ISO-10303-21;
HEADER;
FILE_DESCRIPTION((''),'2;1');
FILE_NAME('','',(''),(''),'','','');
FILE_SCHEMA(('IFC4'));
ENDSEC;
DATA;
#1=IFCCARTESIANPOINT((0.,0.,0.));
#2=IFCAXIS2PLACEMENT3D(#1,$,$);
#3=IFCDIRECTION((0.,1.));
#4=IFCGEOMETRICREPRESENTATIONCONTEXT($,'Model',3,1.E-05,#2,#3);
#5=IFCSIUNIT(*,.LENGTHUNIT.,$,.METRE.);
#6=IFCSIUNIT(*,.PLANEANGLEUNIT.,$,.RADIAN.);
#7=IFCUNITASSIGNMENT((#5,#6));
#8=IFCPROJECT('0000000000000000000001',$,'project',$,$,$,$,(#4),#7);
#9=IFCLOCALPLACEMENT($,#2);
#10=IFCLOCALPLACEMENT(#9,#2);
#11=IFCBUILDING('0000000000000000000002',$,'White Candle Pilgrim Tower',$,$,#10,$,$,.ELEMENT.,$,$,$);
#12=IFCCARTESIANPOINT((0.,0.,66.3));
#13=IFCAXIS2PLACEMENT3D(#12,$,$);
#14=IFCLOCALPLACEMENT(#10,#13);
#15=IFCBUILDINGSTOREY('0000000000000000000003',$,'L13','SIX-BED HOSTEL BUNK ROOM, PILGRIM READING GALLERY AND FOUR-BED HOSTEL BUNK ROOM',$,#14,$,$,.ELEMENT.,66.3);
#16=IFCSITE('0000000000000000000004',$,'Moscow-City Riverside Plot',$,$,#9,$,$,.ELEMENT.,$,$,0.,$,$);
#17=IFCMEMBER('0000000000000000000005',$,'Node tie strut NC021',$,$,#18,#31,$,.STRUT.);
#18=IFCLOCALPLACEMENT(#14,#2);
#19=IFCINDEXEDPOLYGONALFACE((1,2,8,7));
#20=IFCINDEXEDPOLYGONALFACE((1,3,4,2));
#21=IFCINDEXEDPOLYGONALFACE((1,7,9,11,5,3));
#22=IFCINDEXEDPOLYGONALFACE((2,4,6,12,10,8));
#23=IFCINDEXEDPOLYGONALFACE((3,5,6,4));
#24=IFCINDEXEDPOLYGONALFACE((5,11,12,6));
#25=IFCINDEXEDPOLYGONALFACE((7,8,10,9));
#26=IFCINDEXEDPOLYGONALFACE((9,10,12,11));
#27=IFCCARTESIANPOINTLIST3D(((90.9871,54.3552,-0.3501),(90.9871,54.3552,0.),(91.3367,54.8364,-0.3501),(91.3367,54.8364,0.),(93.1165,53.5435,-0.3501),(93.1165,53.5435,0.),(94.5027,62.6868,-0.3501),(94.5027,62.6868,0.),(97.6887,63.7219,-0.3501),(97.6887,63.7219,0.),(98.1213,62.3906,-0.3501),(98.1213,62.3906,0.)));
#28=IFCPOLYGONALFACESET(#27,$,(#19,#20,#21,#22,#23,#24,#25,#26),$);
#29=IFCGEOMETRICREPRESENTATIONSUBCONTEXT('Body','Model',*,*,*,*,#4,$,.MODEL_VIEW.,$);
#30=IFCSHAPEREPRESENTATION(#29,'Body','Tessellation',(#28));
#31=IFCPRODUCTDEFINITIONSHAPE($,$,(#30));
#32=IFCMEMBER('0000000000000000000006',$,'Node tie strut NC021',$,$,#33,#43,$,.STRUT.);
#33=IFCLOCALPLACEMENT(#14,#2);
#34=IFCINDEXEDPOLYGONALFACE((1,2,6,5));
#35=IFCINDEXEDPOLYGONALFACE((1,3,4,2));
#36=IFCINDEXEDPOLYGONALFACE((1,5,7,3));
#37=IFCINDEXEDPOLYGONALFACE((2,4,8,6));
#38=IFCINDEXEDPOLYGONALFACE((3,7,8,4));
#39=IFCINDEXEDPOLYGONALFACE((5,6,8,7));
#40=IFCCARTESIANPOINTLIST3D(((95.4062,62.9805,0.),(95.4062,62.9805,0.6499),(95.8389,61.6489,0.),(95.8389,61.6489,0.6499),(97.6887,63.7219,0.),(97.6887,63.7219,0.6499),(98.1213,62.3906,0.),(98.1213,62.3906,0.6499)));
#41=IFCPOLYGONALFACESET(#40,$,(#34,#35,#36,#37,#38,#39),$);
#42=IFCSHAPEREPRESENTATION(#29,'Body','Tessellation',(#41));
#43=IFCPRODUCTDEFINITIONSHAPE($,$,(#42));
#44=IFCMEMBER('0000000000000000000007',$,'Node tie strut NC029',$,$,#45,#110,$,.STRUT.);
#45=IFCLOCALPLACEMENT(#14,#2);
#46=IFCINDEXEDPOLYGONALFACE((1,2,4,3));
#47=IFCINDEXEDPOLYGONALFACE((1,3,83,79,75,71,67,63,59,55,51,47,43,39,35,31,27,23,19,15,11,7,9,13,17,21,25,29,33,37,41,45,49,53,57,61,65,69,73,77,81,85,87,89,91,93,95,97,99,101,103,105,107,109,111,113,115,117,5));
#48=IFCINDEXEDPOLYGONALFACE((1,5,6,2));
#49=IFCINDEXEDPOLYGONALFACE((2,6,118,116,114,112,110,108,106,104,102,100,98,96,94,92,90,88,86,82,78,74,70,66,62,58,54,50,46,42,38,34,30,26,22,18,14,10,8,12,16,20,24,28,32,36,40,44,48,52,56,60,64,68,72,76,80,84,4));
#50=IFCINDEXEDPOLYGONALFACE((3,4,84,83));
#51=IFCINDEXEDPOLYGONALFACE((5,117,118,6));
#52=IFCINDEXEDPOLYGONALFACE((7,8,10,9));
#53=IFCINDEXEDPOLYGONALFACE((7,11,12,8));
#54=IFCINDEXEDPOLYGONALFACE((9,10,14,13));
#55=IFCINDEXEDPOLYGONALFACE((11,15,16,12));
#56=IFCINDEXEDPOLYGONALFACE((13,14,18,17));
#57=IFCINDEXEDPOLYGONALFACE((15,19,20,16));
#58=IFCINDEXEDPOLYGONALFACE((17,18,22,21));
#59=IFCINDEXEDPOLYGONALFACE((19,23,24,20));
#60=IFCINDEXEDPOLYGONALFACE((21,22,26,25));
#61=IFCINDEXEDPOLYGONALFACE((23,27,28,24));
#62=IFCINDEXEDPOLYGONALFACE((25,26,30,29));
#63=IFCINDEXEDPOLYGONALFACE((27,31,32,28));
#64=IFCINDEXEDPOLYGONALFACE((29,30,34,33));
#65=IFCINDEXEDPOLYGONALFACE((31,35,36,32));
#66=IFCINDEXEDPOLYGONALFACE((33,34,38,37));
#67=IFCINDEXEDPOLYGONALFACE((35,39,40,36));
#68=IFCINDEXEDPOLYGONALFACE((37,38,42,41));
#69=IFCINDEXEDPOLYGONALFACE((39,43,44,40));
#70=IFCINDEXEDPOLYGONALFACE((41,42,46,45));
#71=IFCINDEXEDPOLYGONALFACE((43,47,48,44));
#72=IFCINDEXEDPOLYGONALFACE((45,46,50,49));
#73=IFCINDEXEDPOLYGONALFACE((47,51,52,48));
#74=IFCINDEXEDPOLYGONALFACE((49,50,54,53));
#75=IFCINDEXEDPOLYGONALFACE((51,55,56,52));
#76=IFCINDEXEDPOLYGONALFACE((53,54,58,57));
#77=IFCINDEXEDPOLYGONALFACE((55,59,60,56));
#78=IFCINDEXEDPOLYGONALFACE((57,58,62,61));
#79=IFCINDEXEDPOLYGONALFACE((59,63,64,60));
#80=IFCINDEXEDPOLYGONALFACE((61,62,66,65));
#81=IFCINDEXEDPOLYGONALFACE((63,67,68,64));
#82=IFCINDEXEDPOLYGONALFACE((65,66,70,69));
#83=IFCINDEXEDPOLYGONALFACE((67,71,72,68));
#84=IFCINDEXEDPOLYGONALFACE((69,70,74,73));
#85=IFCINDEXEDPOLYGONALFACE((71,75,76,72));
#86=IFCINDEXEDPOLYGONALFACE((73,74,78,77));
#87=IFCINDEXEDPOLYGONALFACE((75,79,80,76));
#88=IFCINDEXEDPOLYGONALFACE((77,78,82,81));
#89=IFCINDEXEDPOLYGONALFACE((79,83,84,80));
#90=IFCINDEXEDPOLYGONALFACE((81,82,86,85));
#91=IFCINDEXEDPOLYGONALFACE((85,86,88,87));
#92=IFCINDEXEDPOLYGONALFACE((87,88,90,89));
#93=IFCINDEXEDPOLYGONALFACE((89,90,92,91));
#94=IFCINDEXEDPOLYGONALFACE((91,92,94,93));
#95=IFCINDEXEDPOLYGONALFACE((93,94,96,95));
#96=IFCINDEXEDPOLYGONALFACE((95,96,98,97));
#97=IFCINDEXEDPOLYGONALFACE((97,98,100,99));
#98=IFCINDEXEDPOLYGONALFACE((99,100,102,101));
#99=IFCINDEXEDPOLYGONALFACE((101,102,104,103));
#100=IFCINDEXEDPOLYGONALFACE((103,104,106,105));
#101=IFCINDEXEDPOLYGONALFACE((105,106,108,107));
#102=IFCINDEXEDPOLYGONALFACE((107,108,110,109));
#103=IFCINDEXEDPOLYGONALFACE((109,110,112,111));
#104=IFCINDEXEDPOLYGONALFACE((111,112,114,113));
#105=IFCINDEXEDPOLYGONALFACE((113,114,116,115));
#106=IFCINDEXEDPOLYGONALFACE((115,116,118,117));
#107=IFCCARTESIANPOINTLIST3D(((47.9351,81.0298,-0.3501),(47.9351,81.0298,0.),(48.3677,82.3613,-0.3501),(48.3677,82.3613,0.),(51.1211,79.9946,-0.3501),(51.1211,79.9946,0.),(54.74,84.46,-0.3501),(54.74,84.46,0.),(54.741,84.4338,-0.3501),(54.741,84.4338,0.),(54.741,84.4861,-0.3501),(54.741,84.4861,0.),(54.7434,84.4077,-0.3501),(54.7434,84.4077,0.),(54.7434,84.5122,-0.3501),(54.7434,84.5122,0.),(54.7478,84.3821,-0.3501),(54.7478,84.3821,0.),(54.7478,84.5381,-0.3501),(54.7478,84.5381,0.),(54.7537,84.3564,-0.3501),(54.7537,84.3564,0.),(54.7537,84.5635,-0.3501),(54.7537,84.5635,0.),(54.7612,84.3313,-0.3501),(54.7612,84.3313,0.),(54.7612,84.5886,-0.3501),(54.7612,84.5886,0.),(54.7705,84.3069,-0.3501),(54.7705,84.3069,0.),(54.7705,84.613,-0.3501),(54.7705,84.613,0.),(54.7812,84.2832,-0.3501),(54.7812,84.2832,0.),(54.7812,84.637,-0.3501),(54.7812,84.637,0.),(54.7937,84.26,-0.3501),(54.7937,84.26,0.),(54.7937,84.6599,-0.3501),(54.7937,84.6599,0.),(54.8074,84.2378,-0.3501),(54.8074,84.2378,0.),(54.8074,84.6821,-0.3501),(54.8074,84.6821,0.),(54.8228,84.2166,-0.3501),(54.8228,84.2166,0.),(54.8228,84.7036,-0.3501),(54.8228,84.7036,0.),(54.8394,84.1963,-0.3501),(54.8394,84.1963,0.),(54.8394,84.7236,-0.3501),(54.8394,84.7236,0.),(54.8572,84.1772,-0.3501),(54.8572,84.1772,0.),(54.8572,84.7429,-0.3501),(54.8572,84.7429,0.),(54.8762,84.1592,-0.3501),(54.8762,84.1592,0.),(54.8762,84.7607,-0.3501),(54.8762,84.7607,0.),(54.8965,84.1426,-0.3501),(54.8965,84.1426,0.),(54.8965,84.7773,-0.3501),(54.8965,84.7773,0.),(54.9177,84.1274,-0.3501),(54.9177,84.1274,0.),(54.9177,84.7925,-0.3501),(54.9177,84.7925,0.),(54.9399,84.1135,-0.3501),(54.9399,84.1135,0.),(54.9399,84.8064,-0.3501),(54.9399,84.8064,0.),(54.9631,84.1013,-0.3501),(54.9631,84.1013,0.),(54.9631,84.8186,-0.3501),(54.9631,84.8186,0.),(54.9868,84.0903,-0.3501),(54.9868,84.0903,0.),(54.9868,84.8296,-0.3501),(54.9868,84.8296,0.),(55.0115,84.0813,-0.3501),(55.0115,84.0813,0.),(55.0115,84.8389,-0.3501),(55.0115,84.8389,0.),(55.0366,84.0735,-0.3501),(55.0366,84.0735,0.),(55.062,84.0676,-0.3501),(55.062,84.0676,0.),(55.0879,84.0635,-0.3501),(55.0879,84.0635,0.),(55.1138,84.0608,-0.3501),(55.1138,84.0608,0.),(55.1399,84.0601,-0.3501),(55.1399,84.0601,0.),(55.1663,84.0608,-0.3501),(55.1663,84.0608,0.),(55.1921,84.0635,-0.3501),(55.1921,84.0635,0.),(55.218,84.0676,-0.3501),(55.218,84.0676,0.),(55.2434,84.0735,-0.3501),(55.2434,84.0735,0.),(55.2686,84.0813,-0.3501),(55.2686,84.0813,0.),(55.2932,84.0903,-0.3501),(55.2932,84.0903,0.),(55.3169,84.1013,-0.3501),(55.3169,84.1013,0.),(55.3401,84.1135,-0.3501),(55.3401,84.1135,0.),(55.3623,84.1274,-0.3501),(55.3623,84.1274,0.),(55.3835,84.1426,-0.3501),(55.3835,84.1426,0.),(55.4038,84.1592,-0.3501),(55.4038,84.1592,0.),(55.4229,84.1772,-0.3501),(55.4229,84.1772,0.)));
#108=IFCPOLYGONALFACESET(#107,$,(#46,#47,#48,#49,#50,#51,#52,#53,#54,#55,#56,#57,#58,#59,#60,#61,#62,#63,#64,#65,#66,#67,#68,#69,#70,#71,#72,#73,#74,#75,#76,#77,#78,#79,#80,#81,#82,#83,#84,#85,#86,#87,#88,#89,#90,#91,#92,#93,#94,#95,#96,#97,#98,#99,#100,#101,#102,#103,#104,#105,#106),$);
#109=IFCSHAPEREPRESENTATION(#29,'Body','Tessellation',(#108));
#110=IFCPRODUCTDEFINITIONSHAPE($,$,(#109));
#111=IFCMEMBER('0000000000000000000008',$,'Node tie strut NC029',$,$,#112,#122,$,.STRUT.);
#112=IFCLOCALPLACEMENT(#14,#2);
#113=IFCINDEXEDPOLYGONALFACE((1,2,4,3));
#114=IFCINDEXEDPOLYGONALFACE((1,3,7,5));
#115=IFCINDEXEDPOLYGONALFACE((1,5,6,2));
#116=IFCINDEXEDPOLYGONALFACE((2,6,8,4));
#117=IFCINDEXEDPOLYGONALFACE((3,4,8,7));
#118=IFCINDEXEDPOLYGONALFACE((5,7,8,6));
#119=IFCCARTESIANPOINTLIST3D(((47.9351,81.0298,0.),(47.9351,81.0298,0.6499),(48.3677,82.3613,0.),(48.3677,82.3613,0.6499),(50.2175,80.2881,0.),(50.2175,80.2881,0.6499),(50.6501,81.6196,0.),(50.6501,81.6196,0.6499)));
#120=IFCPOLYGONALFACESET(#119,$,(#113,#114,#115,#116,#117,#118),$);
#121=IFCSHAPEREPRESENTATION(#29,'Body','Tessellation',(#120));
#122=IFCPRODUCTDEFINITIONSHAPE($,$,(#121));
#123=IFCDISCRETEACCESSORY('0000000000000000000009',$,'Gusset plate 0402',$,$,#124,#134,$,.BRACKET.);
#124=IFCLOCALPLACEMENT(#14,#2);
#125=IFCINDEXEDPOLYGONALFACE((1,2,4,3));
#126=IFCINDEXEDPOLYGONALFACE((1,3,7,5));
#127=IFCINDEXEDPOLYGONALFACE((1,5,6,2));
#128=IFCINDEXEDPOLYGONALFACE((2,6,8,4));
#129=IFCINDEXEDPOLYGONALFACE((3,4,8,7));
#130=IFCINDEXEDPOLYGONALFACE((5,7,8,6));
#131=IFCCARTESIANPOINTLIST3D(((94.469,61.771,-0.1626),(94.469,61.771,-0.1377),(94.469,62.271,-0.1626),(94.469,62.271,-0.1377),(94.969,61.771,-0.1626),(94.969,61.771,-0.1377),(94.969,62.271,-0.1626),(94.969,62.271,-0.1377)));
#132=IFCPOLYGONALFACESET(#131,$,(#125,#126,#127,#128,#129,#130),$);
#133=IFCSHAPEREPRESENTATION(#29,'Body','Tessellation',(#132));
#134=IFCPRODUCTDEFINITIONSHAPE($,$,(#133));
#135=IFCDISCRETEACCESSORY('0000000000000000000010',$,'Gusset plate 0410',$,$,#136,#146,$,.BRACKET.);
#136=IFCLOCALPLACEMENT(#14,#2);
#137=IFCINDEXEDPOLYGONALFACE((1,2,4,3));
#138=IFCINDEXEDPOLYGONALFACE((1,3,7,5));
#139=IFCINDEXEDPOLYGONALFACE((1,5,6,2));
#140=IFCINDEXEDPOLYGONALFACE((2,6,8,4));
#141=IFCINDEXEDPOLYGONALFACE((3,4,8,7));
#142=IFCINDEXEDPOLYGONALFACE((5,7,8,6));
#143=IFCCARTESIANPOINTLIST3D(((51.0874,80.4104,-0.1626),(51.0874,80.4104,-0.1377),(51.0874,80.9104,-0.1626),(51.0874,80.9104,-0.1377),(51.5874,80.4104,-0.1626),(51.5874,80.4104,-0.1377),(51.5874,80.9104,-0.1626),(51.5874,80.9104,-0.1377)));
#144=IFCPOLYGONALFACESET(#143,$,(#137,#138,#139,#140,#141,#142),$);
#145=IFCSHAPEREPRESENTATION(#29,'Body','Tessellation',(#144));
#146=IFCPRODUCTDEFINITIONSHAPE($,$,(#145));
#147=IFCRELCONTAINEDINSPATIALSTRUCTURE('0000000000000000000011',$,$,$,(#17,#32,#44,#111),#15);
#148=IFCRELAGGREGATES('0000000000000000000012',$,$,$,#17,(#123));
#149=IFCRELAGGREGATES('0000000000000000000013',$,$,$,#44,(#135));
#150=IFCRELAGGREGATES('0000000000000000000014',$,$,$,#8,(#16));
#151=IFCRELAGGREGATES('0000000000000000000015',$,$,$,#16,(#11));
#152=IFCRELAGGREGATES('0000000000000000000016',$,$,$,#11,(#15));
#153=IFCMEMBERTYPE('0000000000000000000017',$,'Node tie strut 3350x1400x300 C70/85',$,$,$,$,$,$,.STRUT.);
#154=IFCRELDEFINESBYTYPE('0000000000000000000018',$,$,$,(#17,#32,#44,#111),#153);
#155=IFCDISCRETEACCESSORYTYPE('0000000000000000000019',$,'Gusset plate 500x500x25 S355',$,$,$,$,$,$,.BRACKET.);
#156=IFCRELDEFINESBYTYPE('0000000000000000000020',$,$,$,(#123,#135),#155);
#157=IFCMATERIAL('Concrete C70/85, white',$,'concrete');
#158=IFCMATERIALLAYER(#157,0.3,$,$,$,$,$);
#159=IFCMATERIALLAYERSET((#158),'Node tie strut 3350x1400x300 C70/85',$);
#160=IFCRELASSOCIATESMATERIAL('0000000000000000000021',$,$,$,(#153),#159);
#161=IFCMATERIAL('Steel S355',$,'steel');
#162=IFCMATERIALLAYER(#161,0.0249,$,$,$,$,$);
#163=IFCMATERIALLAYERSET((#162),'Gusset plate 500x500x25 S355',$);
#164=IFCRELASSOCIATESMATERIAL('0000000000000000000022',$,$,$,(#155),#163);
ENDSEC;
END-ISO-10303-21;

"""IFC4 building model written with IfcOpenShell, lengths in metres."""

from ifc_helpers import new_model, si_unit, direction, frame, origin, origin_2d, place, context, subcontext, project, spatial, polyline, rectangle, outline, extrude, material, layer, layer_set, type_object, element, aggregate, save


model = new_model("IFC4")

# Units and contexts
model_context = context("Model", 3, precision=1e-05, world=origin(), true_north=direction((0.0, 1.0)))
body_context = subcontext(model_context, "Body", "Model", "MODEL_VIEW")
ifc_project = project(units=[si_unit("LENGTHUNIT", "METRE"), si_unit("PLANEANGLEUNIT", "RADIAN")], contexts=[model_context])

# Site, building, storey
site_placement = place(None, origin())
site = spatial("IfcSite", under=ifc_project, at=site_placement, Name="Moscow-City Riverside Plot", CompositionType="ELEMENT", RefElevation=0.0)
building_placement = place(site_placement, origin())
building = spatial("IfcBuilding", under=site, at=building_placement, Name="White Candle Pilgrim Tower", CompositionType="ELEMENT")
storey_placement = place(building_placement, frame((0.0, 0.0, 66.3)))
storey = spatial("IfcBuildingStorey", under=building, at=storey_placement, Name="L13", Description="SIX-BED HOSTEL BUNK ROOM, PILGRIM READING GALLERY AND FOUR-BED HOSTEL BUNK ROOM", CompositionType="ELEMENT", Elevation=66.3)

# Members
ifc_material_1 = material(Name="Concrete C70/85, white", Category="concrete")
ifc_layer_1 = layer(ifc_material_1, 0.3)
ifc_layer_set_1 = layer_set([ifc_layer_1], Name="Node tie strut 3350x1400x300 C70/85")
member_type_1 = type_object("IfcMemberType", Name="Node tie strut 3350x1400x300 C70/85", PredefinedType="STRUT", material=ifc_layer_set_1)
member_1_placement = place(storey_placement, frame((0.0, 0.0, -0.3501)))
member_1 = element("IfcMember", 1, at=member_1_placement, inside=storey, type_object=member_type_1, Name="Node tie strut NC021", PredefinedType="STRUT", context=body_context, shape_type="SweptSolid", body=[
    extrude(outline(polyline([(93.1165, 53.5435), (98.1213, 62.3906), (97.6887, 63.7219), (94.5027, 62.6868), (90.9871, 54.3552), (91.3367, 54.8364), (93.1165, 53.5435)])), origin(), (0.0, 0.0, 1.0), 0.3501),
])
member_2_placement = place(storey_placement, origin())
element("IfcMember", 2, at=member_2_placement, inside=storey, type_object=member_type_1, Name="Node tie strut NC021", PredefinedType="STRUT", context=body_context, shape_type="SweptSolid", body=[
    extrude(outline(polyline([(95.8389, 61.6489), (98.1213, 62.3906), (97.6887, 63.7219), (95.4062, 62.9805), (95.8389, 61.6489)])), origin(), (0.0, 0.0, 1.0), 0.6499),
])
member_3_placement = place(storey_placement, frame((0.0, 0.0, -0.3501)))
member_3 = element("IfcMember", 3, at=member_3_placement, inside=storey, type_object=member_type_1, Name="Node tie strut NC029", PredefinedType="STRUT", context=body_context, shape_type="SweptSolid", body=[
    extrude(outline(polyline([(51.1211, 79.9946), (55.4229, 84.1772), (55.4038, 84.1592), (55.3835, 84.1426), (55.3623, 84.1274), (55.3401, 84.1135), (55.3169, 84.1013), (55.2932, 84.0903), (55.2686, 84.0813), (55.2434, 84.0735), (55.218, 84.0676), (55.1921, 84.0635), (55.1663, 84.0608), (55.1399, 84.0601), (55.1138, 84.0608), (55.0879, 84.0635), (55.062, 84.0676), (55.0366, 84.0735), (55.0115, 84.0813), (54.9868, 84.0903), (54.9631, 84.1013), (54.9399, 84.1135), (54.9177, 84.1274), (54.8965, 84.1426), (54.8762, 84.1592), (54.8572, 84.1772), (54.8394, 84.1963), (54.8228, 84.2166), (54.8074, 84.2378), (54.7937, 84.26), (54.7812, 84.2832), (54.7705, 84.3069), (54.7612, 84.3313), (54.7537, 84.3564), (54.7478, 84.3821), (54.7434, 84.4077), (54.741, 84.4338), (54.74, 84.46), (54.741, 84.4861), (54.7434, 84.5122), (54.7478, 84.5381), (54.7537, 84.5635), (54.7612, 84.5886), (54.7705, 84.613), (54.7812, 84.637), (54.7937, 84.6599), (54.8074, 84.6821), (54.8228, 84.7036), (54.8394, 84.7236), (54.8572, 84.7429), (54.8762, 84.7607), (54.8965, 84.7773), (54.9177, 84.7925), (54.9399, 84.8064), (54.9631, 84.8186), (54.9868, 84.8296), (55.0115, 84.8389), (48.3677, 82.3613), (47.9351, 81.0298), (51.1211, 79.9946)])), origin(), (0.0, 0.0, 1.0), 0.3501),
])
member_4_placement = place(storey_placement, origin())
element("IfcMember", 4, at=member_4_placement, inside=storey, type_object=member_type_1, Name="Node tie strut NC029", PredefinedType="STRUT", context=body_context, shape_type="SweptSolid", body=[
    extrude(outline(polyline([(50.2175, 80.2881), (50.6501, 81.6196), (48.3677, 82.3613), (47.9351, 81.0298), (50.2175, 80.2881)])), origin(), (0.0, 0.0, 1.0), 0.6499),
])

# Discrete accessories
ifc_material_2 = material(Name="Steel S355", Category="steel")
ifc_layer_2 = layer(ifc_material_2, 0.0249)
ifc_layer_set_2 = layer_set([ifc_layer_2], Name="Gusset plate 500x500x25 S355")
discrete_accessory_type = type_object("IfcDiscreteAccessoryType", Name="Gusset plate 500x500x25 S355", PredefinedType="BRACKET", material=ifc_layer_set_2)
discrete_accessory_1_placement = place(storey_placement, frame((94.719, 62.021, -0.1626), z_axis=(0.0, 0.0, 1.0), x_axis=(1.0, 0.0, 0.0)))
discrete_accessory_1 = element("IfcDiscreteAccessory", 5, at=discrete_accessory_1_placement, type_object=discrete_accessory_type, Name="Gusset plate 0402", PredefinedType="BRACKET", context=body_context, shape_type="SweptSolid", body=[
    extrude(rectangle(XDim=0.5, YDim=0.5, at=origin_2d()), origin(), (0.0, 0.0, 1.0), 0.0249),
])
aggregate(member_1, [discrete_accessory_1])
discrete_accessory_2_placement = place(storey_placement, frame((51.3374, 80.6604, -0.1626), z_axis=(0.0, 0.0, 1.0), x_axis=(1.0, 0.0, 0.0)))
discrete_accessory_2 = element("IfcDiscreteAccessory", 6, at=discrete_accessory_2_placement, type_object=discrete_accessory_type, Name="Gusset plate 0410", PredefinedType="BRACKET", context=body_context, shape_type="SweptSolid", body=[
    extrude(rectangle(XDim=0.5, YDim=0.5, at=origin_2d()), origin(), (0.0, 0.0, 1.0), 0.0249),
])
aggregate(member_3, [discrete_accessory_2])

save(model, "model.ifc")
